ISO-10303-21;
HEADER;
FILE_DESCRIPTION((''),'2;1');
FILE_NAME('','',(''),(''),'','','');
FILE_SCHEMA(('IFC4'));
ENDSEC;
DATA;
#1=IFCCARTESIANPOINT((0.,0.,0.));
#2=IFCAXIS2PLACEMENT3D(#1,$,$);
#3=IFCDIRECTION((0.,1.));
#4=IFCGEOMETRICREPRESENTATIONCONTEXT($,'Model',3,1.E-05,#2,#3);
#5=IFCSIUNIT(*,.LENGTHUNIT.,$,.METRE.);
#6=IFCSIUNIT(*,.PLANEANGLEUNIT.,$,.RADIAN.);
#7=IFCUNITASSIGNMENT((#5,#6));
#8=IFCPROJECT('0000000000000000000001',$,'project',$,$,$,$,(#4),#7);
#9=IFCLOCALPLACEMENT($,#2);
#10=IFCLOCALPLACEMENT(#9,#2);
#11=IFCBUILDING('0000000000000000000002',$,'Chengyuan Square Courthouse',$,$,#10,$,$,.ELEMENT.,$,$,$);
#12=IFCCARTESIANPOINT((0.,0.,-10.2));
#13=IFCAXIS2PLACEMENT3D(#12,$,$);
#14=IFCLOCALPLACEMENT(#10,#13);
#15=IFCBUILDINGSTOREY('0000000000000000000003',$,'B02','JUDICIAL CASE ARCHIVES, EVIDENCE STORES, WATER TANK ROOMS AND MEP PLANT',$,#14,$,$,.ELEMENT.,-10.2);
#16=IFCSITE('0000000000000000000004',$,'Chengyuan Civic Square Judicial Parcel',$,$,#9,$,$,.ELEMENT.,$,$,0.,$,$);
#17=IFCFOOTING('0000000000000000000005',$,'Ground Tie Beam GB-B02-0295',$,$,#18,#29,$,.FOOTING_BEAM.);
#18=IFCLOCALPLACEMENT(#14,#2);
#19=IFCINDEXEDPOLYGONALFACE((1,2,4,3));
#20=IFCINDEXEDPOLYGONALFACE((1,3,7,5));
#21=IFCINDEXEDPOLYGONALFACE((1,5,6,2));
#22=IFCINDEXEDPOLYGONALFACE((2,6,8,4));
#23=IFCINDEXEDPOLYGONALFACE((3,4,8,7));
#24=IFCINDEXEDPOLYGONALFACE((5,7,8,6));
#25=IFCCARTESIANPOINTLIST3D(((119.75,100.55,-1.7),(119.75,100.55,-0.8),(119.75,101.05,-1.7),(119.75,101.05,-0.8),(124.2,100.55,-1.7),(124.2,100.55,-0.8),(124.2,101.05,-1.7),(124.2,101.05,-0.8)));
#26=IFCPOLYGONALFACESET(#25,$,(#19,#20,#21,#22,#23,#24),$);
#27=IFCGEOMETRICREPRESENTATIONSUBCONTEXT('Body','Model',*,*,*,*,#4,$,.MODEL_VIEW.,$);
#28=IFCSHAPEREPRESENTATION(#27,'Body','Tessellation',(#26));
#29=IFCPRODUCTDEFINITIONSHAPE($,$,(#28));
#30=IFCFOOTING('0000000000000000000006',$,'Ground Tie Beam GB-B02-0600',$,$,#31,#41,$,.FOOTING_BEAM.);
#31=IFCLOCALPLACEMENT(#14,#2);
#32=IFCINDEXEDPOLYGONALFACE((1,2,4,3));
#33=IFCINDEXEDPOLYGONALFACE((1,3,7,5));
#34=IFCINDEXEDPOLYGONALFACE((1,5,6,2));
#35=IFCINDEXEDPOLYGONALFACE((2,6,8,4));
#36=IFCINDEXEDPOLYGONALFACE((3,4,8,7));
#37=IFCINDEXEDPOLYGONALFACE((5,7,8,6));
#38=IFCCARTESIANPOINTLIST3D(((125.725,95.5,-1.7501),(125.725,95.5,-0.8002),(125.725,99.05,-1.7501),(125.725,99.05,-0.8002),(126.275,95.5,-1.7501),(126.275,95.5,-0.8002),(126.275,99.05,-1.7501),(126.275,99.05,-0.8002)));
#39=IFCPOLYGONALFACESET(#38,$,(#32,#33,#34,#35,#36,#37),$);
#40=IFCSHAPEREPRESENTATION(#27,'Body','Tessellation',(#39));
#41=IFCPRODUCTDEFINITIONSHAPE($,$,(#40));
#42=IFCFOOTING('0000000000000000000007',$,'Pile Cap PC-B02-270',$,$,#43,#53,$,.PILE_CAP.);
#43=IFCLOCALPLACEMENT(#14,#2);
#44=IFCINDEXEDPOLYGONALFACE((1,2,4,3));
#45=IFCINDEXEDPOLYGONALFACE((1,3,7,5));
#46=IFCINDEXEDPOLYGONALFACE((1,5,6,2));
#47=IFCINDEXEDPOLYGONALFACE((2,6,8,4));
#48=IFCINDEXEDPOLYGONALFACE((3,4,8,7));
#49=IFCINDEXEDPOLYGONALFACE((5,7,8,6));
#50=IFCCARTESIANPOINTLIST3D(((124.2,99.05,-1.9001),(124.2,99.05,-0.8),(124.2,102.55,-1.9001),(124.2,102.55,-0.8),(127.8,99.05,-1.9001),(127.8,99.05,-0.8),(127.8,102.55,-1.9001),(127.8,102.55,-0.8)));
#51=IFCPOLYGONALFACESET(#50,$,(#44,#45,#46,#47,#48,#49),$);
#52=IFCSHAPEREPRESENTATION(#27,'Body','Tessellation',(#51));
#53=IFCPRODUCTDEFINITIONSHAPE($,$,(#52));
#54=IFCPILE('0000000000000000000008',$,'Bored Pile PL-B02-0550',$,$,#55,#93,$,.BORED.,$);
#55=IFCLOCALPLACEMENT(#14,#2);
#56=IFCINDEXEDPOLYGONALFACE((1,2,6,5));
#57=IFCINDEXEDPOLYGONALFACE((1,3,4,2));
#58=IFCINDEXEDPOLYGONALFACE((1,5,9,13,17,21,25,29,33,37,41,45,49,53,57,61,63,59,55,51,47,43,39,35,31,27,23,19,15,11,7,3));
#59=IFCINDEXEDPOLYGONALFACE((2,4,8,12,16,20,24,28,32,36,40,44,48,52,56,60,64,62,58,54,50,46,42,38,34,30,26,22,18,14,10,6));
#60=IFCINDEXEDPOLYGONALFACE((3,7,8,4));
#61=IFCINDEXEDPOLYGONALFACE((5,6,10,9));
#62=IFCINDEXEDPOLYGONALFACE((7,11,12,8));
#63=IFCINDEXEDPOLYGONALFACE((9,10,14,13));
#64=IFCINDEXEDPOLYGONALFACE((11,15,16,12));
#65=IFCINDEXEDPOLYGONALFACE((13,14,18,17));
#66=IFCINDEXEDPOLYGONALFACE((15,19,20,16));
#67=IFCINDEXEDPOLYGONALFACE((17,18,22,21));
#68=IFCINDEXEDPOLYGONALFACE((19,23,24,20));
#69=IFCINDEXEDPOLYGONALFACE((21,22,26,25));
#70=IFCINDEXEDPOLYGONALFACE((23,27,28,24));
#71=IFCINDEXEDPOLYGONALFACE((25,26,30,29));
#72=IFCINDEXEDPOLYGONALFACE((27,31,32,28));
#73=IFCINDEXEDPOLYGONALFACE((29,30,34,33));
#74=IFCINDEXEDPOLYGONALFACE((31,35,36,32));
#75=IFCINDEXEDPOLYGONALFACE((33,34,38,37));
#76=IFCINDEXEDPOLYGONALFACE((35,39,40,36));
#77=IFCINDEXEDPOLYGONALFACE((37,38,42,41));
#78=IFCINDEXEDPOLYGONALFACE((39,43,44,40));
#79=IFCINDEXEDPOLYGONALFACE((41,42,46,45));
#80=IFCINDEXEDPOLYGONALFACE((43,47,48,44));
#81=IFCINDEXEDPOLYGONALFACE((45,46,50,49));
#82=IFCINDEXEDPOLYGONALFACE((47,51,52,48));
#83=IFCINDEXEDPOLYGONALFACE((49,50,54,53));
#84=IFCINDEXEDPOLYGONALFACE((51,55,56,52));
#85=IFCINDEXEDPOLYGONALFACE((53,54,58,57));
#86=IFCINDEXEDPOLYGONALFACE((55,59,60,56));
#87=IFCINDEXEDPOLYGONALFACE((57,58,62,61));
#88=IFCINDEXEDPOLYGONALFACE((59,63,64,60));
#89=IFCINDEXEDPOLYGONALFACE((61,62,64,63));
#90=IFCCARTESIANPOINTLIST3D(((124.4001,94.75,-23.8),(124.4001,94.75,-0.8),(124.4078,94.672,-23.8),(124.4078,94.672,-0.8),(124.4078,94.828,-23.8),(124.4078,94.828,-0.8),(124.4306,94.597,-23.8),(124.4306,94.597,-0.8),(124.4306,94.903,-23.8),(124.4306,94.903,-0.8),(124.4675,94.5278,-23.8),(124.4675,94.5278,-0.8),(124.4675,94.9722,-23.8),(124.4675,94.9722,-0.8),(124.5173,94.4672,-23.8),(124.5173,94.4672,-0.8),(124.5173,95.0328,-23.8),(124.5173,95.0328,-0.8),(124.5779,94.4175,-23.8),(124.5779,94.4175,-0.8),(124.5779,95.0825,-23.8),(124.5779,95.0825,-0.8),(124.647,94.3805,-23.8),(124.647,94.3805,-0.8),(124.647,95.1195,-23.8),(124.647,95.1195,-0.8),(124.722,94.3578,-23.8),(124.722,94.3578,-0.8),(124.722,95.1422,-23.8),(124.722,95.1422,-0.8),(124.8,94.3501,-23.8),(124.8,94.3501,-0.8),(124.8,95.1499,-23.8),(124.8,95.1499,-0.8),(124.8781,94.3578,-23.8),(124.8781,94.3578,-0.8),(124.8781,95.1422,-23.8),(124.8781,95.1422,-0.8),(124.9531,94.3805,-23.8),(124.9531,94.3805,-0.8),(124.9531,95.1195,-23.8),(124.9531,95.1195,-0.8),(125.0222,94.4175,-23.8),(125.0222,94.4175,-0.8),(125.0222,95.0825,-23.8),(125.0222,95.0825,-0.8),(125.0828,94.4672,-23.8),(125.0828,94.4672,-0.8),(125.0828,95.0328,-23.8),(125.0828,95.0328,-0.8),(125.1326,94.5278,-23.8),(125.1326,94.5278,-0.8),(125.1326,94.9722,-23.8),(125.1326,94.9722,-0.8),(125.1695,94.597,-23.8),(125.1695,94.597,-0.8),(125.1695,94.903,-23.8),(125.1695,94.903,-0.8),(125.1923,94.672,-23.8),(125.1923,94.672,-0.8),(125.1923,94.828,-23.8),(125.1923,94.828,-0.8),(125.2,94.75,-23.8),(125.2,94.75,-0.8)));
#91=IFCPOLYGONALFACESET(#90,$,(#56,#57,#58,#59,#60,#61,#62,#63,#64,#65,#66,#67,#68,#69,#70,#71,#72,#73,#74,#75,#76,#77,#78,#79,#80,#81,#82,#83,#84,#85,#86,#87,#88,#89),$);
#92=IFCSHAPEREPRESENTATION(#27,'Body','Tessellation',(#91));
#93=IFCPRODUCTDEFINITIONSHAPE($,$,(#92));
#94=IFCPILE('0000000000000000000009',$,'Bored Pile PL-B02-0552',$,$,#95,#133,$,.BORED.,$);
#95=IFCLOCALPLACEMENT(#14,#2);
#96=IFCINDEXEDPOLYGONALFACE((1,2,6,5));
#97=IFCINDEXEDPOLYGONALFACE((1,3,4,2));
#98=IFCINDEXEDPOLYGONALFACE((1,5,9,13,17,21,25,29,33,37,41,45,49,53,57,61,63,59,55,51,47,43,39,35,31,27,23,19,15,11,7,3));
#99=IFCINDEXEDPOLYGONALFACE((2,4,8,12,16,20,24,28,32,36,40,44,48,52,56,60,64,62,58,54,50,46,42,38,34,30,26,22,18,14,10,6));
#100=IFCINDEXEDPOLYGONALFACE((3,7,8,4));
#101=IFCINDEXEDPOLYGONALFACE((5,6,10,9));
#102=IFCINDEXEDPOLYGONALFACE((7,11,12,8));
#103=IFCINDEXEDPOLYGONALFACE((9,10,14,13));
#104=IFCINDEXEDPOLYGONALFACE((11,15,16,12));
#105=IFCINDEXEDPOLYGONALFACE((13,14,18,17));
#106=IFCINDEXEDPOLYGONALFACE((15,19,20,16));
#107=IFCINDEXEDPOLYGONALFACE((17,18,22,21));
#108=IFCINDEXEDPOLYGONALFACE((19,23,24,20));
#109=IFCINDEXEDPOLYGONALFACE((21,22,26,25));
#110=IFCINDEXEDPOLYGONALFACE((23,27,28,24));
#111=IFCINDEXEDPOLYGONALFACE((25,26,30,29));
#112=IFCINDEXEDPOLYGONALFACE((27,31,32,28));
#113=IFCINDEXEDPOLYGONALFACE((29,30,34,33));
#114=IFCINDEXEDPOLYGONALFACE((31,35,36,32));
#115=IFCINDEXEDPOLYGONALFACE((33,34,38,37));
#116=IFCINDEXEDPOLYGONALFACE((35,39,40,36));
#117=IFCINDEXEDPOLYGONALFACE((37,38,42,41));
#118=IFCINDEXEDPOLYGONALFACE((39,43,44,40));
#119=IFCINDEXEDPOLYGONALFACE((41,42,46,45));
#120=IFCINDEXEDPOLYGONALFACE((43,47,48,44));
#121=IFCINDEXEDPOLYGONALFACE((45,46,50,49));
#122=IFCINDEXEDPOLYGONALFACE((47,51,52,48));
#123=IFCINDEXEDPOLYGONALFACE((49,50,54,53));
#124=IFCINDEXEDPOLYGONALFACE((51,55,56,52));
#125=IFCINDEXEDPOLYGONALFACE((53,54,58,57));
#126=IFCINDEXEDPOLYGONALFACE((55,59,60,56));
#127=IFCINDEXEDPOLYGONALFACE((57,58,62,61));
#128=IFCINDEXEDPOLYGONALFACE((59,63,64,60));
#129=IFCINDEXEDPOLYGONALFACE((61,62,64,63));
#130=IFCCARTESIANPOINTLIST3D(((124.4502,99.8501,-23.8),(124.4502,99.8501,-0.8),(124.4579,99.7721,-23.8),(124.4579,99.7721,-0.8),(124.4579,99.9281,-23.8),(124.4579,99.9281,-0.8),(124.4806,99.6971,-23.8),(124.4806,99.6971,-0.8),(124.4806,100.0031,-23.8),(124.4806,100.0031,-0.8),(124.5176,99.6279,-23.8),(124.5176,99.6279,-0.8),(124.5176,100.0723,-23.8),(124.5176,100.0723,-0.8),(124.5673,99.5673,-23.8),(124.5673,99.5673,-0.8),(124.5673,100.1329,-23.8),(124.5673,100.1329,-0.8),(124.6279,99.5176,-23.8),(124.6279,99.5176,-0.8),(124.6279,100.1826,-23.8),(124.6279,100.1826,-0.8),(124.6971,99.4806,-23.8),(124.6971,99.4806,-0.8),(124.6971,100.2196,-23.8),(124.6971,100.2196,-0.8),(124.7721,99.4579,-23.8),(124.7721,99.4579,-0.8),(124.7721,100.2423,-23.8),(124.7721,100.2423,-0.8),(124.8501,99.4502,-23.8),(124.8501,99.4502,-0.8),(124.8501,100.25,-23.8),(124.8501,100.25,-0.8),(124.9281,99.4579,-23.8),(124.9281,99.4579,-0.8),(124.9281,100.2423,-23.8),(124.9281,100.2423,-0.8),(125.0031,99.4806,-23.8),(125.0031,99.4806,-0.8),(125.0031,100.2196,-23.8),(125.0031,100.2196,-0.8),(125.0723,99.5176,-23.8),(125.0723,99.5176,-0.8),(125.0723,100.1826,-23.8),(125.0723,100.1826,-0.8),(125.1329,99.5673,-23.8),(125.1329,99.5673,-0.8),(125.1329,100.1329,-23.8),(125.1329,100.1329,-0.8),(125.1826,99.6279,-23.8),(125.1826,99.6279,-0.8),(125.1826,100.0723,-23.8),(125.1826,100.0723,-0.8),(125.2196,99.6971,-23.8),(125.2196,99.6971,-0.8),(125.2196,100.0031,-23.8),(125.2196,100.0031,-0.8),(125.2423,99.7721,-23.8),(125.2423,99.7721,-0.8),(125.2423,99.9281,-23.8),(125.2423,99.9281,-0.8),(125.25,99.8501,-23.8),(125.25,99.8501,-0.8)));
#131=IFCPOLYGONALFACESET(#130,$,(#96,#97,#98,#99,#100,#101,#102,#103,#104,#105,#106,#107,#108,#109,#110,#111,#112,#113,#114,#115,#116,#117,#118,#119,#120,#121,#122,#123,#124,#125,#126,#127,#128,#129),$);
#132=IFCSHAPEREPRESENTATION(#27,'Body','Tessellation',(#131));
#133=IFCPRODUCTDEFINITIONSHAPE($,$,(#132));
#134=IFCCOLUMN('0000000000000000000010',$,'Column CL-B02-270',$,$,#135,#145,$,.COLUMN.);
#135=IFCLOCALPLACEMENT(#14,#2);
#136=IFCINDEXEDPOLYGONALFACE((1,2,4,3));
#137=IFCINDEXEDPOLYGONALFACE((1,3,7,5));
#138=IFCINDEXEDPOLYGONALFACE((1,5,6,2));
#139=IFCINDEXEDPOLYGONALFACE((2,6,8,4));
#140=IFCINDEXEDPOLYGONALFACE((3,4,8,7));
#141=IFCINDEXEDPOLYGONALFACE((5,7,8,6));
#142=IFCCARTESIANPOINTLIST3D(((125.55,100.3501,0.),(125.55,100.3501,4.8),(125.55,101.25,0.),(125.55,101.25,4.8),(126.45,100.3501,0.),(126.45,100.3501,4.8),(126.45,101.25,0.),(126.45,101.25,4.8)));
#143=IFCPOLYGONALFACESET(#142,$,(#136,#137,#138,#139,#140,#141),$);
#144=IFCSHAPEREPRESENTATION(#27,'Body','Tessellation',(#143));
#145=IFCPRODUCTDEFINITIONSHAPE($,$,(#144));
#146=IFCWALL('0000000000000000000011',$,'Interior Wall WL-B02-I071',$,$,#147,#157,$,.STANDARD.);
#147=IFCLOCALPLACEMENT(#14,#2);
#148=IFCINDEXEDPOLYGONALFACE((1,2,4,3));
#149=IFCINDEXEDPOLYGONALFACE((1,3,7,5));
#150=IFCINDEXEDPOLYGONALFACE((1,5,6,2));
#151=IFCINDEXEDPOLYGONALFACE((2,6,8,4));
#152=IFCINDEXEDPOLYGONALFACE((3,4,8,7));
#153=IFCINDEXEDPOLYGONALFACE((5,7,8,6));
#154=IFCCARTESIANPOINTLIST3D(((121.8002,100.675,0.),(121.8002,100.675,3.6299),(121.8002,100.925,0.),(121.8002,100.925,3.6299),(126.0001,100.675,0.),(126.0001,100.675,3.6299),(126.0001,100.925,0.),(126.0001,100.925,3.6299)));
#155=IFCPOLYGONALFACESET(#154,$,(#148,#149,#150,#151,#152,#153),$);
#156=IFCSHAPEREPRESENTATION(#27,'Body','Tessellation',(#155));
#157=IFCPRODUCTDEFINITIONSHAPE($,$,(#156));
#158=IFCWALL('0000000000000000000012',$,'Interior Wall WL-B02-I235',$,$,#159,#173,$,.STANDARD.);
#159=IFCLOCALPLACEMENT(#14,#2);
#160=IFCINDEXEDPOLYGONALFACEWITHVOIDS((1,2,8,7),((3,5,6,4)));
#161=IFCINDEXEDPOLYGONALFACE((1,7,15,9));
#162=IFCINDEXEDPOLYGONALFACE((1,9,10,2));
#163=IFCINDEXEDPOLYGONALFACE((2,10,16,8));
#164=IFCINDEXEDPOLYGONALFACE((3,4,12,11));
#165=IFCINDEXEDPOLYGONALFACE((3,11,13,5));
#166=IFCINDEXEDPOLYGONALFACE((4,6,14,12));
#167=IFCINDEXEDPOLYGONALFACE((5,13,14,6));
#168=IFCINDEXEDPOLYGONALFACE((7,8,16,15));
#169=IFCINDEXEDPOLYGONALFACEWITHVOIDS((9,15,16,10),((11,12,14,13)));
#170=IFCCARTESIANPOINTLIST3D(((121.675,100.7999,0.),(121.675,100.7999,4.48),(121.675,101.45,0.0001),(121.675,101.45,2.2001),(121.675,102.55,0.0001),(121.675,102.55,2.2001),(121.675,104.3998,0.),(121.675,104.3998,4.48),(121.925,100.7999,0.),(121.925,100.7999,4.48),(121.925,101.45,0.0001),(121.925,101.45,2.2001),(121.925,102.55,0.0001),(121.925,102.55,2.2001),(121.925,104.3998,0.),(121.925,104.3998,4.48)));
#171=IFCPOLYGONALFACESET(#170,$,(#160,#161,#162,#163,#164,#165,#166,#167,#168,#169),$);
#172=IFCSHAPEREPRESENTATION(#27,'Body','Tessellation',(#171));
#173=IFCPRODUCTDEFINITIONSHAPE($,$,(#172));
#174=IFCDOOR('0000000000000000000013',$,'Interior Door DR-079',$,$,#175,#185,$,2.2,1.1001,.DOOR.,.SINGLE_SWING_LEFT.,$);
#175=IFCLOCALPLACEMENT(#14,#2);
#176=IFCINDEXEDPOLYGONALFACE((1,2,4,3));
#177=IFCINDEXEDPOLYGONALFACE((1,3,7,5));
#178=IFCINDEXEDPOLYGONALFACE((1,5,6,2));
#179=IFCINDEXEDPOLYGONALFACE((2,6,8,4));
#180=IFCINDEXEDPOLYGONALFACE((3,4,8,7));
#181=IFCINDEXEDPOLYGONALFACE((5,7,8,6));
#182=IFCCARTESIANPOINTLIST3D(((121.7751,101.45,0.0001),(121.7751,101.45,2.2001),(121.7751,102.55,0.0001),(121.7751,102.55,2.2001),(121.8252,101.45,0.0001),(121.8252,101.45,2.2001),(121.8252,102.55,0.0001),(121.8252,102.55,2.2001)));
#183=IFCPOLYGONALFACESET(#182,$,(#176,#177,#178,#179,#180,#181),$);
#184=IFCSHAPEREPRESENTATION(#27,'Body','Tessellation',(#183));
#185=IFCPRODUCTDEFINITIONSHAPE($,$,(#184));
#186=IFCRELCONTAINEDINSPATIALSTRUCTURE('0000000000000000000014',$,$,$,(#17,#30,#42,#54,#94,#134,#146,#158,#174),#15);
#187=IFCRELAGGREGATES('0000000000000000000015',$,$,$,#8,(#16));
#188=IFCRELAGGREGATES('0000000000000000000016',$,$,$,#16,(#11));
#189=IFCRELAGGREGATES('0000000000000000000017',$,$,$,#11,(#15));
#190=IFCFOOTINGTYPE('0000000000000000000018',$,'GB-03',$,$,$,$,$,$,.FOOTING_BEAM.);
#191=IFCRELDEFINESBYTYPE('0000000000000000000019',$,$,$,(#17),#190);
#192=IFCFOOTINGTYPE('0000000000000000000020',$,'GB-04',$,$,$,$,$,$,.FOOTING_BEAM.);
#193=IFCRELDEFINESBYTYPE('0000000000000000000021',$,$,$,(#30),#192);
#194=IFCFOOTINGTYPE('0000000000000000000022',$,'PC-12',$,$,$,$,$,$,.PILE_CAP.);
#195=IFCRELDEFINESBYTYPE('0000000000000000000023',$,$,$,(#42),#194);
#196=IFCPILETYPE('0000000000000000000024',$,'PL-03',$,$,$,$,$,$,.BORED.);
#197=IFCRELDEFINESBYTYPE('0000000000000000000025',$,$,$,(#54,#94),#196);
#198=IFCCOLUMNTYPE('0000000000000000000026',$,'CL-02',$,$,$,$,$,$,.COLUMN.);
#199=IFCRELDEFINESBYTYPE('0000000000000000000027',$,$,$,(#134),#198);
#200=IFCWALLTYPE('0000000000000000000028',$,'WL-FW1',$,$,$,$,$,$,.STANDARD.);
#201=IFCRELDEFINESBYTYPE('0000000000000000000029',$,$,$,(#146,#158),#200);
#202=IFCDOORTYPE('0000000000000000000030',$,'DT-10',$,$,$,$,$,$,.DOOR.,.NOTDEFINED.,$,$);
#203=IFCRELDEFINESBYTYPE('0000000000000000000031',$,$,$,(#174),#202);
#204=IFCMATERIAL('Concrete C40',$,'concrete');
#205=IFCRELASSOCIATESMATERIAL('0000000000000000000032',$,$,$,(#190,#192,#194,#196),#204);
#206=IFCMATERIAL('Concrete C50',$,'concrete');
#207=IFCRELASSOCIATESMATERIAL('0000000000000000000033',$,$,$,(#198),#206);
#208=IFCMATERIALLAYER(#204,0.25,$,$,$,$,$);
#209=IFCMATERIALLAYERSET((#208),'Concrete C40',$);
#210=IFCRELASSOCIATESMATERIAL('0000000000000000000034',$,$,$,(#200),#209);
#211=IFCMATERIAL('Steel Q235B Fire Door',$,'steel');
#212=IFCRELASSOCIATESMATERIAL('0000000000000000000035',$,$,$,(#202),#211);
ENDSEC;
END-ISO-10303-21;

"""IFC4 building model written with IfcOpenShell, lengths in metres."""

from ifc_helpers import new_model, si_unit, direction, frame, frame_2d, origin, origin_2d, place, context, subcontext, project, spatial, rectangle, circle, extrude, material, layer, layer_set, material_profile, profile_set, type_object, element, fill, save


model = new_model("IFC4")

# Units and contexts
model_context = context("Model", 3, precision=1e-05, world=origin(), true_north=direction((0.0, 1.0)))
body_context = subcontext(model_context, "Body", "Model", "MODEL_VIEW")
ifc_project = project(units=[si_unit("LENGTHUNIT", "METRE"), si_unit("PLANEANGLEUNIT", "RADIAN")], contexts=[model_context])

# Site, building, storey
site_placement = place(None, origin())
site = spatial("IfcSite", under=ifc_project, at=site_placement, Name="Chengyuan Civic Square Judicial Parcel", CompositionType="ELEMENT", RefElevation=0.0)
building_placement = place(site_placement, origin())
building = spatial("IfcBuilding", under=site, at=building_placement, Name="Chengyuan Square Courthouse", CompositionType="ELEMENT")
storey_placement = place(building_placement, frame((0.0, 0.0, -10.2)))
storey = spatial("IfcBuildingStorey", under=building, at=storey_placement, Name="B02", Description="JUDICIAL CASE ARCHIVES, EVIDENCE STORES, WATER TANK ROOMS AND MEP PLANT", CompositionType="ELEMENT", Elevation=-10.2)

# Footings
ifc_material_1 = material(Name="Concrete C40", Category="concrete")
ifc_material_profile_1 = material_profile(ifc_material_1, rectangle(XDim=0.5, YDim=0.8999, at=origin_2d()), Name="GB-500x900")
ifc_profile_set_1 = profile_set([ifc_material_profile_1], Name="Concrete C40")
footing_type_1 = type_object("IfcFootingType", Name="GB-03", PredefinedType="FOOTING_BEAM", material=ifc_profile_set_1)
footing_1_placement = place(storey_placement, frame((119.75, 100.8, -1.25), z_axis=(1.0, 0.0, 0.0), x_axis=(0.0, 1.0, 0.0)))
element("IfcFooting", 1, at=footing_1_placement, inside=storey, type_object=footing_type_1, Name="Ground Tie Beam GB-B02-0295", PredefinedType="FOOTING_BEAM", context=body_context, shape_type="SweptSolid", body=[
    extrude(rectangle(XDim=0.5, YDim=0.8999, at=origin_2d()), origin(), (0.0, 0.0, 1.0), 4.45),
])
ifc_material_profile_2 = material_profile(ifc_material_1, rectangle(XDim=0.55, YDim=0.95, at=origin_2d()), Name="GB-550x950")
ifc_profile_set_2 = profile_set([ifc_material_profile_2], Name="Concrete C40")
footing_type_2 = type_object("IfcFootingType", Name="GB-04", PredefinedType="FOOTING_BEAM", material=ifc_profile_set_2)
footing_2_placement = place(storey_placement, frame((126.0, 95.5, -1.2751), z_axis=(0.0, 1.0, 0.0), x_axis=(-1.0, 0.0, 0.0)))
element("IfcFooting", 2, at=footing_2_placement, inside=storey, type_object=footing_type_2, Name="Ground Tie Beam GB-B02-0600", PredefinedType="FOOTING_BEAM", context=body_context, shape_type="SweptSolid", body=[
    extrude(rectangle(XDim=0.55, YDim=0.95, at=origin_2d()), origin(), (0.0, 0.0, 1.0), 3.55),
])
footing_type_3 = type_object("IfcFootingType", Name="PC-12", PredefinedType="PILE_CAP", material=ifc_material_1)
footing_3_placement = place(storey_placement, frame((126.0, 100.8, -1.9001), z_axis=(0.0, 0.0, 1.0), x_axis=(1.0, 0.0, 0.0)))
element("IfcFooting", 3, at=footing_3_placement, inside=storey, type_object=footing_type_3, Name="Pile Cap PC-B02-270", PredefinedType="PILE_CAP", context=body_context, shape_type="SweptSolid", body=[
    extrude(rectangle(XDim=3.6001, YDim=3.5, at=origin_2d()), origin(), (0.0, 0.0, 1.0), 1.1001),
])

# Piles
ifc_material_profile_3 = material_profile(ifc_material_1, circle(Radius=0.3999, at=origin_2d()), Name="BORED PILE D800")
ifc_profile_set_3 = profile_set([ifc_material_profile_3], Name="Concrete C40")
pile_type = type_object("IfcPileType", Name="PL-03", PredefinedType="BORED", material=ifc_profile_set_3)
for number, where, z_axis, x_axis, name in (
    (4, (124.8, 94.75, -0.8), (0.0, 0.0, -1.0), (1.0, 0.0, 0.0), "Bored Pile PL-B02-0550"),
    (5, (124.8501, 99.8501, -0.8), (0.0, 0.0, -1.0), (1.0, 0.0, 0.0), "Bored Pile PL-B02-0552"),
):
    element("IfcPile", number, at=place(storey_placement, frame(where, z_axis=z_axis, x_axis=x_axis)), inside=storey, type_object=pile_type, Name=name, PredefinedType="BORED", context=body_context, shape_type="SweptSolid", body=[
        extrude(circle(Radius=0.3999, at=origin_2d()), origin(), (0.0, 0.0, 1.0), 23.0),
    ])

# Column
ifc_material_2 = material(Name="Concrete C50", Category="concrete")
ifc_material_profile_4 = material_profile(ifc_material_2, rectangle(XDim=0.8999, YDim=0.8999, at=origin_2d()), Name="RC-COL-900x900")
ifc_profile_set_4 = profile_set([ifc_material_profile_4], Name="Concrete C50")
column_type = type_object("IfcColumnType", Name="CL-02", PredefinedType="COLUMN", material=ifc_profile_set_4)
column_placement = place(storey_placement, frame((126.0, 100.8, 0.0), z_axis=(0.0, 0.0, 1.0), x_axis=(1.0, 0.0, 0.0)))
element("IfcColumn", 6, at=column_placement, inside=storey, type_object=column_type, Name="Column CL-B02-270", PredefinedType="COLUMN", context=body_context, shape_type="SweptSolid", body=[
    extrude(rectangle(XDim=0.8999, YDim=0.8999, at=origin_2d()), origin(), (0.0, 0.0, 1.0), 4.8),
])

# Wall
ifc_layer_1 = layer(ifc_material_1, 0.25)
ifc_layer_set_1 = layer_set([ifc_layer_1], Name="Concrete C40")
wall_type_1 = type_object("IfcWallType", Name="WL-FW1", PredefinedType="STANDARD", material=ifc_layer_set_1)
wall_1_placement = place(storey_placement, frame((121.8, 100.8, 0.0), z_axis=(0.0, 0.0, 1.0), x_axis=(1.0, 0.0, 0.0)))
element("IfcWall", 7, at=wall_1_placement, inside=storey, type_object=wall_type_1, Name="Interior Wall WL-B02-I071", PredefinedType="STANDARD", context=body_context, shape_type="SweptSolid", body=[
    extrude(rectangle(XDim=4.2, YDim=0.25, at=frame_2d((2.1001, 0.0))), origin(), (0.0, 0.0, 1.0), 3.6299),
])

# Wall, opening, door
wall_2_placement = place(storey_placement, frame((121.8, 100.8, 0.0), z_axis=(0.0, 0.0, 1.0), x_axis=(0.0, 1.0, 0.0)))
wall_2 = element("IfcWall", 8, at=wall_2_placement, inside=storey, type_object=wall_type_1, Name="Interior Wall WL-B02-I235", PredefinedType="STANDARD", context=body_context, shape_type="SweptSolid", body=[
    extrude(rectangle(XDim=3.5999, YDim=0.25, at=frame_2d((1.7998, 0.0))), origin(), (0.0, 0.0, 1.0), 4.48),
])
opening_1_placement = place(wall_2_placement, frame((0.6499, 0.0, 0.0)))
opening_1 = element("IfcOpeningElement", 9, at=opening_1_placement, cuts=wall_2, PredefinedType="OPENING", context=body_context, shape_type="SweptSolid", body=[
    extrude(rectangle(XDim=1.1001, YDim=2.2, at=frame_2d((0.55, 1.1001))), frame((0.0, 0.137, 0.0), z_axis=(0.0, -1.0, 0.0), x_axis=(1.0, 0.0, 0.0)), (0.0, 0.0, 1.0), 0.2739),
])
ifc_material_3 = material(Name="Steel Q235B Fire Door", Category="steel")
door_type_1 = type_object("IfcDoorType", Name="DT-10", OperationType="NOTDEFINED", PredefinedType="DOOR", material=ifc_material_3)
door_1_placement = place(opening_1_placement, origin())
door_1 = element("IfcDoor", 10, at=door_1_placement, inside=storey, type_object=door_type_1, Name="Interior Door DR-079", OperationType="SINGLE_SWING_LEFT", OverallHeight=2.2, OverallWidth=1.1001, PredefinedType="DOOR", context=body_context, shape_type="SweptSolid", body=[
    extrude(rectangle(XDim=1.1001, YDim=2.2, at=frame_2d((0.55, 1.1001))), frame((0.0, 0.0249, 0.0), z_axis=(0.0, -1.0, 0.0), x_axis=(1.0, 0.0, 0.0)), (0.0, 0.0, 1.0), 0.05),
])
fill(opening_1, door_1)

save(model, "model.ifc")
